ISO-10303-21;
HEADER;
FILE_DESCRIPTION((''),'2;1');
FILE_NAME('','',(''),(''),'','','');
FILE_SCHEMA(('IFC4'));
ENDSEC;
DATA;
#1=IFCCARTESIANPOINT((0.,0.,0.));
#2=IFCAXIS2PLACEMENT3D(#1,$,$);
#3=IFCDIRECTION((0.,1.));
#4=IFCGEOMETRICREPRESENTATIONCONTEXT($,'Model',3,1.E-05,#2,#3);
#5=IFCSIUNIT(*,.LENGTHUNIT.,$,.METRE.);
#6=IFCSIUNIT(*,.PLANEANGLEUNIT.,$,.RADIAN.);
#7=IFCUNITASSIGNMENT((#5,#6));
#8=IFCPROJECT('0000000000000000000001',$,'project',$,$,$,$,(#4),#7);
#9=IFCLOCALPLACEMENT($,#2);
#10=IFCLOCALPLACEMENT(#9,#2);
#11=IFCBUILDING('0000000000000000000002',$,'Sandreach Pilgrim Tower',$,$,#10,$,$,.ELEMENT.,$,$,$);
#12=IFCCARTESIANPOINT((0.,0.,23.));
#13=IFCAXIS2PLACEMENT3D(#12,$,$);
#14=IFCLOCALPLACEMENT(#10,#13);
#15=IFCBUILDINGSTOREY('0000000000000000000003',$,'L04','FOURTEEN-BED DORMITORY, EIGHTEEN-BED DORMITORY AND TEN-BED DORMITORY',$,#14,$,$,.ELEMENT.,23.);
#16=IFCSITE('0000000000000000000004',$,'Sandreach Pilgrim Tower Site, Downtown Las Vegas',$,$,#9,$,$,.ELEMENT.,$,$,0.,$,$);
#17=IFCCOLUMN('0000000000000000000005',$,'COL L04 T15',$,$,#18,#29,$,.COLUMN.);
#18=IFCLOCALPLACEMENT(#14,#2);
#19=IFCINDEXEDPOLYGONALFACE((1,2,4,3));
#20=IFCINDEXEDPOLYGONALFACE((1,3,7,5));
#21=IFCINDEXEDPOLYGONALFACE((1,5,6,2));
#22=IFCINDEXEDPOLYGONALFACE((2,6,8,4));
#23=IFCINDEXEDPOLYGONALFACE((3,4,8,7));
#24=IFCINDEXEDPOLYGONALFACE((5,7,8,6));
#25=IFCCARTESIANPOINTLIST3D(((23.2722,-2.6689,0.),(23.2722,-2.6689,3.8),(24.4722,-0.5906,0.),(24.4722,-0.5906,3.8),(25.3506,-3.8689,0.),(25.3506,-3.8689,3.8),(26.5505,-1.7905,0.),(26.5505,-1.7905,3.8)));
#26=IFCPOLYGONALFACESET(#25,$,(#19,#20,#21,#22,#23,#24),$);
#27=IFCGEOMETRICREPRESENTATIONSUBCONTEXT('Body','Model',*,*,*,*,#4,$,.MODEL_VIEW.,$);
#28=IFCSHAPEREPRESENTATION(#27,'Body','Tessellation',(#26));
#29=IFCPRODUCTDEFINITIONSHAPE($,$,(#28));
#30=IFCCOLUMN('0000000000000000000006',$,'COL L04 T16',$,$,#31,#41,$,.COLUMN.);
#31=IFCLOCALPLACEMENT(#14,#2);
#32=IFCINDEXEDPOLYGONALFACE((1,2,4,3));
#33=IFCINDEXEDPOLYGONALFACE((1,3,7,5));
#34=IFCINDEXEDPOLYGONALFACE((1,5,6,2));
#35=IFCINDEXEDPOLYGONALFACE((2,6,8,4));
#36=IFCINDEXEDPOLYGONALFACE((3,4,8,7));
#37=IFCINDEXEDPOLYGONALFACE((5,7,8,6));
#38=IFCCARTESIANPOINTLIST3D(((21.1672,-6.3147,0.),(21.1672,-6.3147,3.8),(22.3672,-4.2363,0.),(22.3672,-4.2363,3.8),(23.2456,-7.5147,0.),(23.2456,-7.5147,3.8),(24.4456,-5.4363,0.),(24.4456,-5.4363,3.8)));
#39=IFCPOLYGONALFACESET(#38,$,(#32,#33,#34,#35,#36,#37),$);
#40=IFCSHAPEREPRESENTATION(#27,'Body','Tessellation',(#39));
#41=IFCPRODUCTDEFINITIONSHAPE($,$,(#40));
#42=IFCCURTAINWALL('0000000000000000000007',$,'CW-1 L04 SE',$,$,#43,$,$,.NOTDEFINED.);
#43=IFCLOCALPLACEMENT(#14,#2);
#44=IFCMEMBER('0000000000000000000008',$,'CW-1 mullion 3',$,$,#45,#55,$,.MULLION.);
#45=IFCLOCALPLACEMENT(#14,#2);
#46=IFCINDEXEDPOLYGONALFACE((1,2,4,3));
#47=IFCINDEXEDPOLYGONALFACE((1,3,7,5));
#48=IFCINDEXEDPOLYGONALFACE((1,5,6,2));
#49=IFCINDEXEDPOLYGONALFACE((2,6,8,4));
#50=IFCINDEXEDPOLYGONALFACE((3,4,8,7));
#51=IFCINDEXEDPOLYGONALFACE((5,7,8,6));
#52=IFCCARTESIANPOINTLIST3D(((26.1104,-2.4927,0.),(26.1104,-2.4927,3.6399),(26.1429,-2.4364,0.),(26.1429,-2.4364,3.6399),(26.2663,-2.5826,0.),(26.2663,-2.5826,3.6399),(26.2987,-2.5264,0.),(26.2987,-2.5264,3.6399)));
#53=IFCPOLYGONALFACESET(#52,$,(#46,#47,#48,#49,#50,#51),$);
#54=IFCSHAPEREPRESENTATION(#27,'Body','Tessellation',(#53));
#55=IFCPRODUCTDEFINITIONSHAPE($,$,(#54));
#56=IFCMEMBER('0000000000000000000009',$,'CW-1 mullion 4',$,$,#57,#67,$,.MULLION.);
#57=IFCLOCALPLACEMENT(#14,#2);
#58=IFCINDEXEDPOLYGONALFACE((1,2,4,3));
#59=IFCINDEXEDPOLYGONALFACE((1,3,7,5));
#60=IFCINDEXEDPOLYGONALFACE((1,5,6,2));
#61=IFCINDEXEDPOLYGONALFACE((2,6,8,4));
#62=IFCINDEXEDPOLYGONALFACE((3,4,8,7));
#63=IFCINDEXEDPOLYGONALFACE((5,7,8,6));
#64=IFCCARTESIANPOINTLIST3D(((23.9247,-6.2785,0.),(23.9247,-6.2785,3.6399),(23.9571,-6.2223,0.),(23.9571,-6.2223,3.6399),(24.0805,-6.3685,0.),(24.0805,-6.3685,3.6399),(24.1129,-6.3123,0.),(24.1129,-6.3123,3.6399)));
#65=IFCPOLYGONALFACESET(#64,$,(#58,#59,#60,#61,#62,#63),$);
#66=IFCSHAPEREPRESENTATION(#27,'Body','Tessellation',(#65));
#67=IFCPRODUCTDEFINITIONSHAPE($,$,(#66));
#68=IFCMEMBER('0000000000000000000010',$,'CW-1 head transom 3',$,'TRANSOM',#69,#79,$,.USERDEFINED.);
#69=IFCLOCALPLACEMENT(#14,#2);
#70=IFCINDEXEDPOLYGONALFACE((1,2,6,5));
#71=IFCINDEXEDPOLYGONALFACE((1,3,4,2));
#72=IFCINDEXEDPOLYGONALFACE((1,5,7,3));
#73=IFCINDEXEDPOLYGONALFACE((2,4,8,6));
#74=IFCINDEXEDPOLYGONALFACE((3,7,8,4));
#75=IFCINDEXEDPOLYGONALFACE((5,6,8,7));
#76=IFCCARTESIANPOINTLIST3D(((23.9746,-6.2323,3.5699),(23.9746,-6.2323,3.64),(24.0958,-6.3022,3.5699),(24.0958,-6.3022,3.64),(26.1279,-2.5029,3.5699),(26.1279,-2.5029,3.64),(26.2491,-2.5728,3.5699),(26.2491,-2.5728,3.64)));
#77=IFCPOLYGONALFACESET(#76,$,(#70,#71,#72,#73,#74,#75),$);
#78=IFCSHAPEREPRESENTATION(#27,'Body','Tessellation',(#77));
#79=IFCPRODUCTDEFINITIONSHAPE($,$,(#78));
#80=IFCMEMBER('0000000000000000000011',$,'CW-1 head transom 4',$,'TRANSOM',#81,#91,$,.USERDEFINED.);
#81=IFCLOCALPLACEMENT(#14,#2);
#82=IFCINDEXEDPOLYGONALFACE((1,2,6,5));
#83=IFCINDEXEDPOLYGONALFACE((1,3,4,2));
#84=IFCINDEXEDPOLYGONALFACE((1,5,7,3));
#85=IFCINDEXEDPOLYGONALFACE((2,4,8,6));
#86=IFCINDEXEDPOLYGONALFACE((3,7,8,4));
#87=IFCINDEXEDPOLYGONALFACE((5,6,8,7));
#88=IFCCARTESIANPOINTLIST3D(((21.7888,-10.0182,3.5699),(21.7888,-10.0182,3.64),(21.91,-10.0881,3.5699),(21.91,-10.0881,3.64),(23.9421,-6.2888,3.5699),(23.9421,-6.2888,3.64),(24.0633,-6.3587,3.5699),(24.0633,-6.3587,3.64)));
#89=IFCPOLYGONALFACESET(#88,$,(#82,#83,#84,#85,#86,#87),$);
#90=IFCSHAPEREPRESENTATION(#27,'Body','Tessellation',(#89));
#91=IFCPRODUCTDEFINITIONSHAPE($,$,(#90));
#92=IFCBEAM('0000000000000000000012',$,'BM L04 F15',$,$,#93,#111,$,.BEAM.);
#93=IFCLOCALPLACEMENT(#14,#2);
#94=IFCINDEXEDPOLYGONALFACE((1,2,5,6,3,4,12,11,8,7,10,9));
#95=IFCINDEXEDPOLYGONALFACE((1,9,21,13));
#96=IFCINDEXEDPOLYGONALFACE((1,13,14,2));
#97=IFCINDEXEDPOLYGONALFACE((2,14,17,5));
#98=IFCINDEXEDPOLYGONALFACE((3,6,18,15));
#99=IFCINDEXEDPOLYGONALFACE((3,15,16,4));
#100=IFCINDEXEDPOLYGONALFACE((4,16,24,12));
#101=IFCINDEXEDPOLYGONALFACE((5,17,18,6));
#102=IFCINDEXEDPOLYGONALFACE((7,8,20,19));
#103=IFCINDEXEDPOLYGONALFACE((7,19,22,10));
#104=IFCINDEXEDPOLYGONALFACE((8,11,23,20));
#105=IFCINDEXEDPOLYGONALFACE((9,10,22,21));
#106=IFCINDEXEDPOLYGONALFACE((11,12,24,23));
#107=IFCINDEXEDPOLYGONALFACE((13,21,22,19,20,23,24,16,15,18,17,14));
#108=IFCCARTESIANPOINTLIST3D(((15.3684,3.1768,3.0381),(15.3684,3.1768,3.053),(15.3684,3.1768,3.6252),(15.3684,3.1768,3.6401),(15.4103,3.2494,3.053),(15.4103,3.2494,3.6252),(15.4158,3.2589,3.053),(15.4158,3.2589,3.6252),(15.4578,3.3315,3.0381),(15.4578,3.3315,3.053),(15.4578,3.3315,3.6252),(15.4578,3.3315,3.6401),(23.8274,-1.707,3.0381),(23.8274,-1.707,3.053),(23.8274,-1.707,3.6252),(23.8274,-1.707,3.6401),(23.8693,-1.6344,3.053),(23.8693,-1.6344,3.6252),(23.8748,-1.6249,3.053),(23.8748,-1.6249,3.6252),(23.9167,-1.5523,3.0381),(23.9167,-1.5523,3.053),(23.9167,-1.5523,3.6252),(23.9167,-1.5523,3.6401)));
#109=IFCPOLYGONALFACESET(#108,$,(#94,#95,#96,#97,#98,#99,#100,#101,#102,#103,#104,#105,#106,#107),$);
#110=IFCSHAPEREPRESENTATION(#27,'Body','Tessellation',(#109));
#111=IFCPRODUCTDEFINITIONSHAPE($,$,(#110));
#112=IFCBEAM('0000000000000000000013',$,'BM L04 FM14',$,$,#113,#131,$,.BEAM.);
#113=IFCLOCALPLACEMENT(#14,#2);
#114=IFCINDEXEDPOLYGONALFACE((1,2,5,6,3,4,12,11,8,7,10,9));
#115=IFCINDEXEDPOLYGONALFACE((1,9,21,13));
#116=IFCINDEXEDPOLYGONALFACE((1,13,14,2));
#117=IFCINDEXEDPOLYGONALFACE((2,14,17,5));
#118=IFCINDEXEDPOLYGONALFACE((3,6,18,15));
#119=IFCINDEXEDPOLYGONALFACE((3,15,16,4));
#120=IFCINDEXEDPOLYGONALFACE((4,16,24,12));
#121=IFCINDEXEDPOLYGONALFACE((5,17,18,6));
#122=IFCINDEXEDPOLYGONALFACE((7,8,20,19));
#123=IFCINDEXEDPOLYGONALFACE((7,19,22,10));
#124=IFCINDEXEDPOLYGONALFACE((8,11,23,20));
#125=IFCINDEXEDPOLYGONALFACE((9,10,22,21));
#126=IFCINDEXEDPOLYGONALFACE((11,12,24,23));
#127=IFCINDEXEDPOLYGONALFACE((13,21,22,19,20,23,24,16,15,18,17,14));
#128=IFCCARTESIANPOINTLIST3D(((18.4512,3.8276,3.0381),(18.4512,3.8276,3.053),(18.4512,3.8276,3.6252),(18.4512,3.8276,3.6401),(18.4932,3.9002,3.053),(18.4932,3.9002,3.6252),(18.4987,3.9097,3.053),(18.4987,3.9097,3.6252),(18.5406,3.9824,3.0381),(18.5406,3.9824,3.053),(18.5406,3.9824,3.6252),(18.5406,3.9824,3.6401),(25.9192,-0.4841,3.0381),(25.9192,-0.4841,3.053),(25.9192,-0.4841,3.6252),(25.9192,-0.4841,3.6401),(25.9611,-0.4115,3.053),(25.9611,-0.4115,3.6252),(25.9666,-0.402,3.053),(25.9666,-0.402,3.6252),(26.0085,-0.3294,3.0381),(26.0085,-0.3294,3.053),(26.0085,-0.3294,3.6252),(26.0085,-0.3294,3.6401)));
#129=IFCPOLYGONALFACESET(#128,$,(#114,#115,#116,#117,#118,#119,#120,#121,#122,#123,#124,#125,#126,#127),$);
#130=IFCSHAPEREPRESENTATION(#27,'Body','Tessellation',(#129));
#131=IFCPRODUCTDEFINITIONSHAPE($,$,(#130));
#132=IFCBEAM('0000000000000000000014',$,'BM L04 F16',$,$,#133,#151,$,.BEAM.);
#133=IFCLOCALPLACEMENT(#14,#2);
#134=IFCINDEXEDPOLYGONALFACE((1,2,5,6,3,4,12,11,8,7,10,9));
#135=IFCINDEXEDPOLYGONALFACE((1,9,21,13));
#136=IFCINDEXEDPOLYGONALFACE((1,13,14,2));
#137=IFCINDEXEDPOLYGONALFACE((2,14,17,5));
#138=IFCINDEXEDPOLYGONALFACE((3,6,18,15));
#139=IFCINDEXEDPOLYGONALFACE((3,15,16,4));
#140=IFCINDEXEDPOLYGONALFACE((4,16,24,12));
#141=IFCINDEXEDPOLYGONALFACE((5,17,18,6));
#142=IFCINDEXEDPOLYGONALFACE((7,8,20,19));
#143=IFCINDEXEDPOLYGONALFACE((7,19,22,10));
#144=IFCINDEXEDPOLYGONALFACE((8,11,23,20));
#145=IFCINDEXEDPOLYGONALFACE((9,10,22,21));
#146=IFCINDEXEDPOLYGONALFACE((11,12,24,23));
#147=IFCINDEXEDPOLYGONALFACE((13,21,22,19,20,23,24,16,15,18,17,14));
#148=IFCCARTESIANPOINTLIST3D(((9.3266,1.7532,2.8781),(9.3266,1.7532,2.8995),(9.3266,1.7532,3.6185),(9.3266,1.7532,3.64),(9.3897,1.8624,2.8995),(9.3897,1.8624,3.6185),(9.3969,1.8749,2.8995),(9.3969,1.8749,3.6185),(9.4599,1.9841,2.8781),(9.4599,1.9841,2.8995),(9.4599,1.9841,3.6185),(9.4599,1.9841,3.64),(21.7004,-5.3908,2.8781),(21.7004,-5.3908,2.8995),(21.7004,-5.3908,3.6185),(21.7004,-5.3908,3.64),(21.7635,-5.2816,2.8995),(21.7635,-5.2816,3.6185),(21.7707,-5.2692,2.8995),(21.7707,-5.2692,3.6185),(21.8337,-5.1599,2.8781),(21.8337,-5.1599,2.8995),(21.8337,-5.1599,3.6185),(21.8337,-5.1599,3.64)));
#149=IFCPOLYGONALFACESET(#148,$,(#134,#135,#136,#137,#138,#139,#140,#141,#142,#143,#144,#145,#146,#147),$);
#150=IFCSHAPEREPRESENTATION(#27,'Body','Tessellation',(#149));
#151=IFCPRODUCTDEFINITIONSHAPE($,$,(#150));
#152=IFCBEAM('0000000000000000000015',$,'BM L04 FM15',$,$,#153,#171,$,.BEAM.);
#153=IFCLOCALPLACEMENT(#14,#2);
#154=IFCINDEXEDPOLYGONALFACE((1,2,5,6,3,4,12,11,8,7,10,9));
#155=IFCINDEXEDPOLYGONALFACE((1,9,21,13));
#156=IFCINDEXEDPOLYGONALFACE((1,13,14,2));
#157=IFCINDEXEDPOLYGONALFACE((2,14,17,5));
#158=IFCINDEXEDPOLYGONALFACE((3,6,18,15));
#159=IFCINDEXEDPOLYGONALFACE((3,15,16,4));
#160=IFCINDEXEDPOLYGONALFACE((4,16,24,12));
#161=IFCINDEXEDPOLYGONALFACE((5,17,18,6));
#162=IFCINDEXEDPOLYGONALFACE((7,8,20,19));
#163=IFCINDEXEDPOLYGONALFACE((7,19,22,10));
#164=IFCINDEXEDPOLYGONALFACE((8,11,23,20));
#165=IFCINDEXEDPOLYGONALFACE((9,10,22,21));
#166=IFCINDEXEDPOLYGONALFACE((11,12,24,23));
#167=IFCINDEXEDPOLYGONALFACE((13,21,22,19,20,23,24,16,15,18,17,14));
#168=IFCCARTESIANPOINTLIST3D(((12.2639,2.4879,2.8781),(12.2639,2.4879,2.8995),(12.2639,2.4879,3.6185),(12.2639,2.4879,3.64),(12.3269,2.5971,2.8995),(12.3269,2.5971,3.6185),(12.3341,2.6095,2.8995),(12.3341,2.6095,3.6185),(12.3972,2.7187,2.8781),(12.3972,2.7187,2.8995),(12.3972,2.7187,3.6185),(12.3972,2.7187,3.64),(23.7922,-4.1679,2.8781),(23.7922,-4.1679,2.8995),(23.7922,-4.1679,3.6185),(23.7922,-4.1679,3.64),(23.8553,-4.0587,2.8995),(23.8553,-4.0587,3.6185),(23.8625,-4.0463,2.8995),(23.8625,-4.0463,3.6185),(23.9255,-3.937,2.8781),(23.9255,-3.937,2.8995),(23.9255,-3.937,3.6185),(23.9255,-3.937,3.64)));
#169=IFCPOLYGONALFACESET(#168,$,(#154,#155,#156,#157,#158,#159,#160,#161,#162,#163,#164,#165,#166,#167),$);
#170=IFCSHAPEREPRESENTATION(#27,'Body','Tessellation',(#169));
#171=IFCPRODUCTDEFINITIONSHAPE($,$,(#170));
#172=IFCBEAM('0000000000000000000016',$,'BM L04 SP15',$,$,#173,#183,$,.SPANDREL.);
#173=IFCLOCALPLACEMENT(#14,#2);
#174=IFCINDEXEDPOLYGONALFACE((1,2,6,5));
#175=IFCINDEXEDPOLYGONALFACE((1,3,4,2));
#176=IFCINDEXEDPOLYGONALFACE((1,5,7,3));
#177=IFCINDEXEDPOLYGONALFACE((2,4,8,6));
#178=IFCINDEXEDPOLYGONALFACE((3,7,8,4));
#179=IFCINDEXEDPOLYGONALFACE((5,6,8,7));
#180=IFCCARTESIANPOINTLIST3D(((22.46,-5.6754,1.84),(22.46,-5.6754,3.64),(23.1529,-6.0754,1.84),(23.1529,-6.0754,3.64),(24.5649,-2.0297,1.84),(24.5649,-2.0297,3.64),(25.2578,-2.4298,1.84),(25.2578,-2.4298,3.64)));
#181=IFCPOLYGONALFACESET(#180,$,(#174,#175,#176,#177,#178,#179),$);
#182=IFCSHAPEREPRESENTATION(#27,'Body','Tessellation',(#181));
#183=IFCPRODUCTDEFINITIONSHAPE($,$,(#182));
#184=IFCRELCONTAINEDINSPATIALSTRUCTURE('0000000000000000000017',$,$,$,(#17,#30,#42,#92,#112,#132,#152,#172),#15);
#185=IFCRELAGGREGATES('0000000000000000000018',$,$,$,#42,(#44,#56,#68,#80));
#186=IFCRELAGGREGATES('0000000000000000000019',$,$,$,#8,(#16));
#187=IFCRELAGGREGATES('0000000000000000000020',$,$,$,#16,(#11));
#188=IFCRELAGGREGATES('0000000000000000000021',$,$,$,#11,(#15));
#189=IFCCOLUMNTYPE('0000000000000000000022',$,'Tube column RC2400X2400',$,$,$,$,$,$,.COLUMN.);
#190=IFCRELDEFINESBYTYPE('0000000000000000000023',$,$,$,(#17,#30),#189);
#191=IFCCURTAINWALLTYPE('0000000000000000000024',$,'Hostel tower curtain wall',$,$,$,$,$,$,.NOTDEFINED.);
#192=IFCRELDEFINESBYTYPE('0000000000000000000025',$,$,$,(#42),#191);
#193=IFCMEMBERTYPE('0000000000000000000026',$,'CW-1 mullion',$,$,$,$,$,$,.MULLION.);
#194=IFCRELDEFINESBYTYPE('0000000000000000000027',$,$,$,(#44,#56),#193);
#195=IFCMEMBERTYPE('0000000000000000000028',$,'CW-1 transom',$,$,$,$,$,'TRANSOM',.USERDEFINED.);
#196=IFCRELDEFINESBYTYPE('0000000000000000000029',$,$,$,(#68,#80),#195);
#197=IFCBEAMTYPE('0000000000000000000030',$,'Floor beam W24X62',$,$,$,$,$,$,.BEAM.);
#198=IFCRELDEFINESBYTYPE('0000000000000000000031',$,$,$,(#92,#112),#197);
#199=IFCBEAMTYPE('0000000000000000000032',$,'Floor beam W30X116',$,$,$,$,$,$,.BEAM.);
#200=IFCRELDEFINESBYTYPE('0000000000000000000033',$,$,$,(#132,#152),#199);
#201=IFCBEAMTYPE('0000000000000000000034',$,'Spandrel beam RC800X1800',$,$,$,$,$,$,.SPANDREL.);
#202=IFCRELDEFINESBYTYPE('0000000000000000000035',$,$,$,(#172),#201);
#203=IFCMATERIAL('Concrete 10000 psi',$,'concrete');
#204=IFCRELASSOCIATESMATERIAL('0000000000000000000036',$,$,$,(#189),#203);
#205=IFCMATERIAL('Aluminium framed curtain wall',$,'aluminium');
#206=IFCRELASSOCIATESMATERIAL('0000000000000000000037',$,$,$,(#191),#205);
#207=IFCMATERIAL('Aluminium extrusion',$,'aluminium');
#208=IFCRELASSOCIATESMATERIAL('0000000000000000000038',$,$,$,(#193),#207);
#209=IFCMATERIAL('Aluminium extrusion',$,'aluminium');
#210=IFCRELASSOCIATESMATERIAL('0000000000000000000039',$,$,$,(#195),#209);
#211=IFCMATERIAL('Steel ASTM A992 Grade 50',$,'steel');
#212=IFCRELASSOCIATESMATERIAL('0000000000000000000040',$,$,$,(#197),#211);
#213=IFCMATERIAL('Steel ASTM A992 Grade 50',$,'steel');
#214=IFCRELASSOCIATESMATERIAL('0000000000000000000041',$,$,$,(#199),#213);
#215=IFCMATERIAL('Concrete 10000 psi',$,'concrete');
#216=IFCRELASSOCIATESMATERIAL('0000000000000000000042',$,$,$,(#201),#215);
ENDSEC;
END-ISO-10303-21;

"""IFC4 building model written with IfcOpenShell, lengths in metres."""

from ifc_helpers import new_model, si_unit, direction, frame, origin, origin_2d, place, context, subcontext, project, spatial, rectangle, i_section, extrude, material, material_profile, profile_set, type_object, element, aggregate, save


model = new_model("IFC4")

# Units and contexts
model_context = context("Model", 3, precision=1e-05, world=origin(), true_north=direction((0.0, 1.0)))
body_context = subcontext(model_context, "Body", "Model", "MODEL_VIEW")
ifc_project = project(units=[si_unit("LENGTHUNIT", "METRE"), si_unit("PLANEANGLEUNIT", "RADIAN")], contexts=[model_context])

# Site, building, storey
site_placement = place(None, origin())
site = spatial("IfcSite", under=ifc_project, at=site_placement, Name="Sandreach Pilgrim Tower Site, Downtown Las Vegas", CompositionType="ELEMENT", RefElevation=0.0)
building_placement = place(site_placement, origin())
building = spatial("IfcBuilding", under=site, at=building_placement, Name="Sandreach Pilgrim Tower", CompositionType="ELEMENT")
storey_placement = place(building_placement, frame((0.0, 0.0, 23.0)))
storey = spatial("IfcBuildingStorey", under=building, at=storey_placement, Name="L04", Description="FOURTEEN-BED DORMITORY, EIGHTEEN-BED DORMITORY AND TEN-BED DORMITORY", CompositionType="ELEMENT", Elevation=23.0)

# Columns
ifc_material_1 = material(Name="Concrete 10000 psi", Category="concrete")
ifc_material_profile_1 = material_profile(ifc_material_1, rectangle(XDim=2.3999, YDim=2.3999, at=origin_2d()), Name="RC2400X2400")
ifc_profile_set_1 = profile_set([ifc_material_profile_1], Name="Concrete 10000 psi")
column_type = type_object("IfcColumnType", Name="Tube column RC2400X2400", PredefinedType="COLUMN", material=ifc_profile_set_1)
for number, where, z_axis, x_axis, name in (
    (1, (24.9114, -2.2297, 0.0), (0.0, 0.0, 1.0), (0.866025, -0.5, 0.0), "COL L04 T15"),
    (2, (22.8064, -5.8755, 0.0), (0.0, 0.0, 1.0), (0.866025, -0.5, 0.0), "COL L04 T16"),
):
    element("IfcColumn", number, at=place(storey_placement, frame(where, z_axis=z_axis, x_axis=x_axis)), inside=storey, type_object=column_type, Name=name, PredefinedType="COLUMN", context=body_context, shape_type="SweptSolid", body=[
        extrude(rectangle(XDim=2.3999, YDim=2.3999, at=origin_2d()), origin(), (0.0, 0.0, 1.0), 3.8),
    ])

# Curtain wall, members
ifc_material_2 = material(Name="Aluminium framed curtain wall", Category="aluminium")
curtain_wall_type = type_object("IfcCurtainWallType", Name="Hostel tower curtain wall", PredefinedType="NOTDEFINED", material=ifc_material_2)
curtain_wall_placement = place(storey_placement, origin())
curtain_wall = element("IfcCurtainWall", 3, at=curtain_wall_placement, inside=storey, type_object=curtain_wall_type, Name="CW-1 L04 SE", PredefinedType="NOTDEFINED")
ifc_material_3 = material(Name="Aluminium extrusion", Category="aluminium")
ifc_material_profile_2 = material_profile(ifc_material_3, rectangle(XDim=0.0649, YDim=0.1799, at=origin_2d()), Name="CW-1M 65X180")
ifc_profile_set_2 = profile_set([ifc_material_profile_2], Name="Aluminium extrusion")
member_type_1 = type_object("IfcMemberType", Name="CW-1 mullion", PredefinedType="MULLION", material=ifc_profile_set_2)
member_1_placement = place(storey_placement, frame((26.2046, -2.5095, 0.0), z_axis=(0.0, 0.0, 1.0), x_axis=(-0.5, -0.866025, 0.0)))
member_1 = element("IfcMember", 4, at=member_1_placement, type_object=member_type_1, Name="CW-1 mullion 3", PredefinedType="MULLION", context=body_context, shape_type="SweptSolid", body=[
    extrude(rectangle(XDim=0.0649, YDim=0.1799, at=origin_2d()), origin(), (0.0, 0.0, 1.0), 3.6399),
])
member_2_placement = place(storey_placement, frame((24.0188, -6.2954, 0.0), z_axis=(0.0, 0.0, 1.0), x_axis=(-0.5, -0.866025, 0.0)))
member_2 = element("IfcMember", 5, at=member_2_placement, type_object=member_type_1, Name="CW-1 mullion 4", PredefinedType="MULLION", context=body_context, shape_type="SweptSolid", body=[
    extrude(rectangle(XDim=0.0649, YDim=0.1799, at=origin_2d()), origin(), (0.0, 0.0, 1.0), 3.6399),
])
ifc_material_4 = material(Name="Aluminium extrusion", Category="aluminium")
ifc_material_profile_3 = material_profile(ifc_material_4, rectangle(XDim=0.1399, YDim=0.0701, at=origin_2d()), Name="CW-1T 140X70")
ifc_profile_set_3 = profile_set([ifc_material_profile_3], Name="Aluminium extrusion")
member_type_2 = type_object("IfcMemberType", Name="CW-1 transom", ElementType="TRANSOM", PredefinedType="USERDEFINED", material=ifc_profile_set_3)
member_3_placement = place(storey_placement, frame((26.1885, -2.5378, 3.605), z_axis=(-0.500017, -0.866016, 0.0), x_axis=(0.866016, -0.500017, 0.0)))
member_3 = element("IfcMember", 6, at=member_3_placement, type_object=member_type_2, Name="CW-1 head transom 3", ObjectType="TRANSOM", PredefinedType="USERDEFINED", context=body_context, shape_type="SweptSolid", body=[
    extrude(rectangle(XDim=0.1399, YDim=0.0701, at=origin_2d()), origin(), (0.0, 0.0, 1.0), 4.3064),
])
member_4_placement = place(storey_placement, frame((24.0027, -6.3237, 3.605), z_axis=(-0.500017, -0.866016, 0.0), x_axis=(0.866016, -0.500017, 0.0)))
member_4 = element("IfcMember", 7, at=member_4_placement, type_object=member_type_2, Name="CW-1 head transom 4", ObjectType="TRANSOM", PredefinedType="USERDEFINED", context=body_context, shape_type="SweptSolid", body=[
    extrude(rectangle(XDim=0.1399, YDim=0.0701, at=origin_2d()), origin(), (0.0, 0.0, 1.0), 4.3064),
])

# Beams
ifc_material_5 = material(Name="Steel ASTM A992 Grade 50", Category="steel")
ifc_material_profile_4 = material_profile(ifc_material_5, i_section(OverallWidth=0.1787, OverallDepth=0.6021, WebThickness=0.011, FlangeThickness=0.0149, at=origin_2d()), Name="W24X62")
ifc_profile_set_4 = profile_set([ifc_material_profile_4], Name="Steel ASTM A992 Grade 50")
beam_type_1 = type_object("IfcBeamType", Name="Floor beam W24X62", PredefinedType="BEAM", material=ifc_profile_set_4)
beam_1_placement = place(storey_placement, frame((23.8721, -1.6296, 3.3391), z_axis=(-0.866026, 0.499999, 0.0), x_axis=(-0.499999, -0.866026, 0.0)))
element("IfcBeam", 8, at=beam_1_placement, inside=storey, type_object=beam_type_1, Name="BM L04 F15", PredefinedType="BEAM", context=body_context, shape_type="SweptSolid", body=[
    extrude(i_section(OverallWidth=0.1787, OverallDepth=0.6021, WebThickness=0.011, FlangeThickness=0.0149, at=origin_2d()), origin(), (0.0, 0.0, 1.0), 9.7676),
])
beam_2_placement = place(storey_placement, frame((25.9639, -0.4067, 3.3391), z_axis=(-0.86602, 0.500009, 0.0), x_axis=(-0.500009, -0.86602, 0.0)))
element("IfcBeam", 9, at=beam_2_placement, inside=storey, type_object=beam_type_1, Name="BM L04 FM14", PredefinedType="BEAM", context=body_context, shape_type="SweptSolid", body=[
    extrude(i_section(OverallWidth=0.1787, OverallDepth=0.6021, WebThickness=0.011, FlangeThickness=0.0149, at=origin_2d()), origin(), (0.0, 0.0, 1.0), 8.6233),
])
ifc_material_6 = material(Name="Steel ASTM A992 Grade 50", Category="steel")
ifc_material_profile_5 = material_profile(ifc_material_6, i_section(OverallWidth=0.2666, OverallDepth=0.762, WebThickness=0.0144, FlangeThickness=0.0215, at=origin_2d()), Name="W30X116")
ifc_profile_set_5 = profile_set([ifc_material_profile_5], Name="Steel ASTM A992 Grade 50")
beam_type_2 = type_object("IfcBeamType", Name="Floor beam W30X116", PredefinedType="BEAM", material=ifc_profile_set_5)
beam_3_placement = place(storey_placement, frame((21.7671, -5.2754, 3.259), z_axis=(-0.866024, 0.500002, 0.0), x_axis=(-0.500002, -0.866024, 0.0)))
element("IfcBeam", 10, at=beam_3_placement, inside=storey, type_object=beam_type_2, Name="BM L04 F16", PredefinedType="BEAM", context=body_context, shape_type="SweptSolid", body=[
    extrude(i_section(OverallWidth=0.2666, OverallDepth=0.762, WebThickness=0.0144, FlangeThickness=0.0215, at=origin_2d()), origin(), (0.0, 0.0, 1.0), 14.2881),
])
beam_4_placement = place(storey_placement, frame((23.8589, -4.0525, 3.259), z_axis=(-0.866029, 0.499993, 0.0), x_axis=(-0.499993, -0.866029, 0.0)))
element("IfcBeam", 11, at=beam_4_placement, inside=storey, type_object=beam_type_2, Name="BM L04 FM15", PredefinedType="BEAM", context=body_context, shape_type="SweptSolid", body=[
    extrude(i_section(OverallWidth=0.2666, OverallDepth=0.762, WebThickness=0.0144, FlangeThickness=0.0215, at=origin_2d()), origin(), (0.0, 0.0, 1.0), 13.3118),
])
ifc_material_7 = material(Name="Concrete 10000 psi", Category="concrete")
ifc_material_profile_6 = material_profile(ifc_material_7, rectangle(XDim=0.8, YDim=1.8, at=origin_2d()), Name="RC800X1800")
ifc_profile_set_6 = profile_set([ifc_material_profile_6], Name="Concrete 10000 psi")
beam_type_3 = type_object("IfcBeamType", Name="Spandrel beam RC800X1800", PredefinedType="SPANDREL", material=ifc_profile_set_6)
beam_5_placement = place(storey_placement, frame((24.9114, -2.2297, 2.74), z_axis=(-0.500019, -0.866015, 0.0), x_axis=(0.866015, -0.500019, 0.0)))
element("IfcBeam", 12, at=beam_5_placement, inside=storey, type_object=beam_type_3, Name="BM L04 SP15", PredefinedType="SPANDREL", context=body_context, shape_type="SweptSolid", body=[
    extrude(rectangle(XDim=0.8, YDim=1.8, at=origin_2d()), origin(), (0.0, 0.0, 1.0), 4.2097),
])

aggregate(curtain_wall, [member_1, member_2, member_3, member_4])

save(model, "model.ifc")
